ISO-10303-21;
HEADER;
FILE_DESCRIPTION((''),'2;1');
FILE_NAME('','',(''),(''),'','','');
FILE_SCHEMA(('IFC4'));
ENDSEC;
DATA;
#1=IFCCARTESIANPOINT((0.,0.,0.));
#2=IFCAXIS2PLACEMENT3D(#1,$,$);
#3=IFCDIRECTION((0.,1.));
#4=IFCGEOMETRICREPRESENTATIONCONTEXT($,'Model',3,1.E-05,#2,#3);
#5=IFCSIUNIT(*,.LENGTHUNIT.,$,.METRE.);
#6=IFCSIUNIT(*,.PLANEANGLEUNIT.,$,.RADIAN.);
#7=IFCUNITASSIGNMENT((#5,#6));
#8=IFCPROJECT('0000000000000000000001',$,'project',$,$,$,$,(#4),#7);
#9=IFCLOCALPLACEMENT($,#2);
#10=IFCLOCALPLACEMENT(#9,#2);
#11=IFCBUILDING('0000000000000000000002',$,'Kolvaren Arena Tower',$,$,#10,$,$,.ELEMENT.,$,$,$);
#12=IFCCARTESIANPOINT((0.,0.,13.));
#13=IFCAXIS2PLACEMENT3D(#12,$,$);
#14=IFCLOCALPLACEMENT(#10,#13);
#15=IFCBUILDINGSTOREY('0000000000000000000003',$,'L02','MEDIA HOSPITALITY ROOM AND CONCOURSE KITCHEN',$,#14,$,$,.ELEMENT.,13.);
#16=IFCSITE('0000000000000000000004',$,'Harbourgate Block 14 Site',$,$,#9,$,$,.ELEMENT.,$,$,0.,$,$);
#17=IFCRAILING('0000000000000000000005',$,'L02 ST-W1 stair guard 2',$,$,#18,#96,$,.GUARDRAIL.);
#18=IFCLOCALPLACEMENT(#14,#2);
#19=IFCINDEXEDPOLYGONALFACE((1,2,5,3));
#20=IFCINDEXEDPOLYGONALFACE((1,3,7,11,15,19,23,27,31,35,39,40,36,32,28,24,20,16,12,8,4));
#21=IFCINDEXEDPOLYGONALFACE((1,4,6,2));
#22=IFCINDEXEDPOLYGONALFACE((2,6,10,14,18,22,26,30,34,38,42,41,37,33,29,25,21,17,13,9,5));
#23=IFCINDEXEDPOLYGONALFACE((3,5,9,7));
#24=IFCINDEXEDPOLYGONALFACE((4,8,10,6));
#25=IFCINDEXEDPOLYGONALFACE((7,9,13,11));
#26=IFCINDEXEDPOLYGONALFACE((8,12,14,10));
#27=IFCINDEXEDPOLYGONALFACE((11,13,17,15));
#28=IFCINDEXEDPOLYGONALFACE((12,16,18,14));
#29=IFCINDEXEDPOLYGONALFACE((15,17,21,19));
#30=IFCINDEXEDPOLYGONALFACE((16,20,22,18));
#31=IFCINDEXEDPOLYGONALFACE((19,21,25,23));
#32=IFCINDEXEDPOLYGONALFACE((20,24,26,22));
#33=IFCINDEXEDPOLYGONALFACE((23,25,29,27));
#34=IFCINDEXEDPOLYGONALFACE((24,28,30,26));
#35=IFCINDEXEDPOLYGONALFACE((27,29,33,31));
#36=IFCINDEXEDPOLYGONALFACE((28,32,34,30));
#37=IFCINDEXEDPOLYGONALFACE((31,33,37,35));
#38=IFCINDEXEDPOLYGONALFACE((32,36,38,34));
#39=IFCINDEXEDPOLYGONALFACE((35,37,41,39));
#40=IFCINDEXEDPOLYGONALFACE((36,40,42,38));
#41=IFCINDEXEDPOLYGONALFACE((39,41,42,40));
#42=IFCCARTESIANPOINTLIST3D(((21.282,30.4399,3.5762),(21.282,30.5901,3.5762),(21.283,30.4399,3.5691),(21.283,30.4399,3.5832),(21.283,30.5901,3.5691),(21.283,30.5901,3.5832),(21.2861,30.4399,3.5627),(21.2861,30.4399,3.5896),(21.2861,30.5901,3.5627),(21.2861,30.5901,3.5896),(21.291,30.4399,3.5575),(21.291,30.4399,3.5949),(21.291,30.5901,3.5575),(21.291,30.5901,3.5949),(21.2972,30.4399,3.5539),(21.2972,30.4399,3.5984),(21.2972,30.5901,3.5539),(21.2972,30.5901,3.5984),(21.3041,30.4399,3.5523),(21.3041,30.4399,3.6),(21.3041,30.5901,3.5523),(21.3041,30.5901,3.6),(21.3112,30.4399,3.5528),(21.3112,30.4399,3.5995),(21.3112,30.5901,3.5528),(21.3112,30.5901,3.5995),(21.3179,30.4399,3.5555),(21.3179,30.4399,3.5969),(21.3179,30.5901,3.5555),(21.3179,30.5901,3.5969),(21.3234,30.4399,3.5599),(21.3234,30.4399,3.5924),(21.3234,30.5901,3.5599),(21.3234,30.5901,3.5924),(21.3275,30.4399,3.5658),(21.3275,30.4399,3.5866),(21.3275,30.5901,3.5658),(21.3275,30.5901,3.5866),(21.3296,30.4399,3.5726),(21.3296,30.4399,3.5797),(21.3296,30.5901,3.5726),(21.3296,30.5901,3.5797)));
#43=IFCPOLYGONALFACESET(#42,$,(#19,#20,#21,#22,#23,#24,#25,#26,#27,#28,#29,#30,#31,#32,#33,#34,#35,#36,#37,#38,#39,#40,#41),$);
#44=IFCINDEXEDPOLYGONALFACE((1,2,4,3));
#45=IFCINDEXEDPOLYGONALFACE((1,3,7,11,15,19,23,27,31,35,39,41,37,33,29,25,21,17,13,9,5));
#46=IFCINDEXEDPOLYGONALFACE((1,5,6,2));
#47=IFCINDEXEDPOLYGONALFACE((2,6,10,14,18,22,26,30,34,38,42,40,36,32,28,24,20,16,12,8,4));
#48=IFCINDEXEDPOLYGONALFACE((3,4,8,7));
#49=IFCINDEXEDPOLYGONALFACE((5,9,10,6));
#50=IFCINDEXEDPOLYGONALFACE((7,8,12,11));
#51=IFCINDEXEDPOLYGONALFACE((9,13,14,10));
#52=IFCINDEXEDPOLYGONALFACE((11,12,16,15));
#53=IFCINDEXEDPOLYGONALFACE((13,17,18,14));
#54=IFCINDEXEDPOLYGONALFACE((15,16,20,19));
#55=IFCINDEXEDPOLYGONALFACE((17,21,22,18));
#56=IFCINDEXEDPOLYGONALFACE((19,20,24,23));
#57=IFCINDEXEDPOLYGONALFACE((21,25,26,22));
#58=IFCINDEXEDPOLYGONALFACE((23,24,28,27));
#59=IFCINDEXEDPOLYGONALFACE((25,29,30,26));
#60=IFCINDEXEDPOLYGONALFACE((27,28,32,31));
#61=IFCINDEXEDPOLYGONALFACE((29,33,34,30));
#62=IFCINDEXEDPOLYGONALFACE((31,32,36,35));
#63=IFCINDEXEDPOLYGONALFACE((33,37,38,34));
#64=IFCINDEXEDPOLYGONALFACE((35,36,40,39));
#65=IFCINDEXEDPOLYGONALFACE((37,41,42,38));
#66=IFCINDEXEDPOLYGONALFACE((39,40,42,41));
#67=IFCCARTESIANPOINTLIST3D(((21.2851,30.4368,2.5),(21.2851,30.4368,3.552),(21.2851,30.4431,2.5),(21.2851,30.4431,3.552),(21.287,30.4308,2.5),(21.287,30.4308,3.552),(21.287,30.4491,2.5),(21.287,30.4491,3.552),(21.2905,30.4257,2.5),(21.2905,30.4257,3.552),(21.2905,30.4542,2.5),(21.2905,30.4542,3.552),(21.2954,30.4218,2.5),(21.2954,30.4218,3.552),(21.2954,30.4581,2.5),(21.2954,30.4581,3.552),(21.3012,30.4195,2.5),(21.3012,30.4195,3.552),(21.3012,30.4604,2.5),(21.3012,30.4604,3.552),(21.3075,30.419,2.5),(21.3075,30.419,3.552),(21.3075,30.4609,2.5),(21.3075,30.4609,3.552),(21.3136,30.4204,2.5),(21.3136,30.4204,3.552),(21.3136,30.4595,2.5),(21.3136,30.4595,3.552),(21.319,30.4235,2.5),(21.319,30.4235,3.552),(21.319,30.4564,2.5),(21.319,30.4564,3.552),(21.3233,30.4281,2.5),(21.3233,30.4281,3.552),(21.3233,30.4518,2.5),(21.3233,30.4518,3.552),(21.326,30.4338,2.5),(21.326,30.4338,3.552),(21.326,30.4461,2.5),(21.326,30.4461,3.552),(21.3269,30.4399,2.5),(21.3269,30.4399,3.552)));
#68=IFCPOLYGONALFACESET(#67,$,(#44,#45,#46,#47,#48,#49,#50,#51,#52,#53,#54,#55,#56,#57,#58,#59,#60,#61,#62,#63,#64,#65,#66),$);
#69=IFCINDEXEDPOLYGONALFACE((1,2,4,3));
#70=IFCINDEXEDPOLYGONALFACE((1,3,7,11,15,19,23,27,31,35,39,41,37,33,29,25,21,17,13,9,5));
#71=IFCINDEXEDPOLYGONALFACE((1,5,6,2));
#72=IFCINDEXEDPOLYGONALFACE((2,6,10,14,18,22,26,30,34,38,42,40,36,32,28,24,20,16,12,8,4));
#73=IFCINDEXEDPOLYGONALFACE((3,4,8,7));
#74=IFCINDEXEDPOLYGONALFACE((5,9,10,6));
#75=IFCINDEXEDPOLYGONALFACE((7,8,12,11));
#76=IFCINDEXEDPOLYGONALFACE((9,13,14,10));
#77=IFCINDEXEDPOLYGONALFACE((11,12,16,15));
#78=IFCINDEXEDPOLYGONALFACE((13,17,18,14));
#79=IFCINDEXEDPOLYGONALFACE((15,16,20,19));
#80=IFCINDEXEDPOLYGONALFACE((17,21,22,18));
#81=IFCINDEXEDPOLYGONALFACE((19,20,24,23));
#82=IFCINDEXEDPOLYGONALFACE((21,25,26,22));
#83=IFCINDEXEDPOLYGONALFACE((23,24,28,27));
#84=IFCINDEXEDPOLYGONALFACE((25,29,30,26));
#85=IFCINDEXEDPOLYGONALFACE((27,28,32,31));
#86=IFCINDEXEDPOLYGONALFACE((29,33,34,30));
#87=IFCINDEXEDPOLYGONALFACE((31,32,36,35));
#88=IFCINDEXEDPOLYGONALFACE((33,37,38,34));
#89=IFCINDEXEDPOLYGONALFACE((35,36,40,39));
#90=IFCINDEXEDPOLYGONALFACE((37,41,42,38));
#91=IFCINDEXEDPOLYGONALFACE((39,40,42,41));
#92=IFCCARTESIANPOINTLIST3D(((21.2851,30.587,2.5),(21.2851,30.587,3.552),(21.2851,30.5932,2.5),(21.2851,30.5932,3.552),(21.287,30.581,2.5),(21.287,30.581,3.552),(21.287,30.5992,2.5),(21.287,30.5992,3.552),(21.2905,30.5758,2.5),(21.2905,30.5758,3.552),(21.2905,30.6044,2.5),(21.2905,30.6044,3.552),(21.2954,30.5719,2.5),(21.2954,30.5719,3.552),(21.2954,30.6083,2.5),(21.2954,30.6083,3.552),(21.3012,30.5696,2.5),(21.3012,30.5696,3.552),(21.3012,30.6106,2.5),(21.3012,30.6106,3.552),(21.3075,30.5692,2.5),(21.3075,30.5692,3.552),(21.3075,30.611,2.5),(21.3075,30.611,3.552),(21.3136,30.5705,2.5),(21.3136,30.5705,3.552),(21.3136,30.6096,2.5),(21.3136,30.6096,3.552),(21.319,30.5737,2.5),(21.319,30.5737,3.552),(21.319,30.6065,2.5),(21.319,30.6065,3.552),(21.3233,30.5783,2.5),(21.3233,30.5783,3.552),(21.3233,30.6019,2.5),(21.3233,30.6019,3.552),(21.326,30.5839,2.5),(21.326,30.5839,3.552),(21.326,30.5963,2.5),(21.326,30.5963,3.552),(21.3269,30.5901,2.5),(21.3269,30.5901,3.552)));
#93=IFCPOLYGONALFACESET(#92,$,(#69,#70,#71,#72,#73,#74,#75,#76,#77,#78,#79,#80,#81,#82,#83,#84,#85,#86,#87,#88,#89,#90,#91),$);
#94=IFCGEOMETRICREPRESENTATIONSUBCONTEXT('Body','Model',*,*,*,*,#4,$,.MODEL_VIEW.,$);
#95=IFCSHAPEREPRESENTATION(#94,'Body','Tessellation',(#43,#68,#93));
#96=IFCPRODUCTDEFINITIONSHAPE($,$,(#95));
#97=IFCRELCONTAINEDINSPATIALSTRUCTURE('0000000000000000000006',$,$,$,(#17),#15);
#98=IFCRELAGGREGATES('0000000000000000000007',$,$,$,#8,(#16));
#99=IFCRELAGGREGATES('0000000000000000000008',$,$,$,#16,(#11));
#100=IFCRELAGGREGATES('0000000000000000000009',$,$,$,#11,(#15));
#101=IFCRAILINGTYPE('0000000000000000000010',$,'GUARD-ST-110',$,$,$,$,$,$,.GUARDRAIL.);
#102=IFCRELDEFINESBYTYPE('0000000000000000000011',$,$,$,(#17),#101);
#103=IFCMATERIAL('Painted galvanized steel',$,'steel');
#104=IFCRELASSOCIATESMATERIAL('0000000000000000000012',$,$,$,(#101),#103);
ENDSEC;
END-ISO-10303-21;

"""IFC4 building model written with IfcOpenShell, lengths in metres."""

from ifc_helpers import new_model, si_unit, direction, frame, origin, origin_2d, place, context, subcontext, project, spatial, circle, extrude, material, type_object, element, save


model = new_model("IFC4")

# Units and contexts
model_context = context("Model", 3, precision=1e-05, world=origin(), true_north=direction((0.0, 1.0)))
body_context = subcontext(model_context, "Body", "Model", "MODEL_VIEW")
ifc_project = project(units=[si_unit("LENGTHUNIT", "METRE"), si_unit("PLANEANGLEUNIT", "RADIAN")], contexts=[model_context])

# Site, building, storey
site_placement = place(None, origin())
site = spatial("IfcSite", under=ifc_project, at=site_placement, Name="Harbourgate Block 14 Site", CompositionType="ELEMENT", RefElevation=0.0)
building_placement = place(site_placement, origin())
building = spatial("IfcBuilding", under=site, at=building_placement, Name="Kolvaren Arena Tower", CompositionType="ELEMENT")
storey_placement = place(building_placement, frame((0.0, 0.0, 13.0)))
storey = spatial("IfcBuildingStorey", under=building, at=storey_placement, Name="L02", Description="MEDIA HOSPITALITY ROOM AND CONCOURSE KITCHEN", CompositionType="ELEMENT", Elevation=13.0)

# Railing
ifc_material_1 = material(Name="Painted galvanized steel", Category="steel")
railing_type_1 = type_object("IfcRailingType", Name="GUARD-ST-110", PredefinedType="GUARDRAIL", material=ifc_material_1)
railing_1_placement = place(storey_placement, frame((21.3059, 30.4399, 2.5)))
element("IfcRailing", 1, at=railing_1_placement, inside=storey, type_object=railing_type_1, Name="L02 ST-W1 stair guard 2", PredefinedType="GUARDRAIL", context=body_context, shape_type="SweptSolid", body=[
    extrude(circle(Radius=0.0239, at=origin_2d()), frame((0.0, 0.0, 1.0762), z_axis=(0.0, 1.0, 0.0), x_axis=(-1.0, 0.0, 0.0)), (0.0, 0.0, 1.0), 0.1501),
    extrude(circle(Radius=0.021, at=origin_2d()), origin(), (0.0, 0.0, 1.0), 1.052),
    extrude(circle(Radius=0.021, at=origin_2d()), frame((0.0, 0.1501, 0.0)), (0.0, 0.0, 1.0), 1.052),
])

save(model, "model.ifc")
